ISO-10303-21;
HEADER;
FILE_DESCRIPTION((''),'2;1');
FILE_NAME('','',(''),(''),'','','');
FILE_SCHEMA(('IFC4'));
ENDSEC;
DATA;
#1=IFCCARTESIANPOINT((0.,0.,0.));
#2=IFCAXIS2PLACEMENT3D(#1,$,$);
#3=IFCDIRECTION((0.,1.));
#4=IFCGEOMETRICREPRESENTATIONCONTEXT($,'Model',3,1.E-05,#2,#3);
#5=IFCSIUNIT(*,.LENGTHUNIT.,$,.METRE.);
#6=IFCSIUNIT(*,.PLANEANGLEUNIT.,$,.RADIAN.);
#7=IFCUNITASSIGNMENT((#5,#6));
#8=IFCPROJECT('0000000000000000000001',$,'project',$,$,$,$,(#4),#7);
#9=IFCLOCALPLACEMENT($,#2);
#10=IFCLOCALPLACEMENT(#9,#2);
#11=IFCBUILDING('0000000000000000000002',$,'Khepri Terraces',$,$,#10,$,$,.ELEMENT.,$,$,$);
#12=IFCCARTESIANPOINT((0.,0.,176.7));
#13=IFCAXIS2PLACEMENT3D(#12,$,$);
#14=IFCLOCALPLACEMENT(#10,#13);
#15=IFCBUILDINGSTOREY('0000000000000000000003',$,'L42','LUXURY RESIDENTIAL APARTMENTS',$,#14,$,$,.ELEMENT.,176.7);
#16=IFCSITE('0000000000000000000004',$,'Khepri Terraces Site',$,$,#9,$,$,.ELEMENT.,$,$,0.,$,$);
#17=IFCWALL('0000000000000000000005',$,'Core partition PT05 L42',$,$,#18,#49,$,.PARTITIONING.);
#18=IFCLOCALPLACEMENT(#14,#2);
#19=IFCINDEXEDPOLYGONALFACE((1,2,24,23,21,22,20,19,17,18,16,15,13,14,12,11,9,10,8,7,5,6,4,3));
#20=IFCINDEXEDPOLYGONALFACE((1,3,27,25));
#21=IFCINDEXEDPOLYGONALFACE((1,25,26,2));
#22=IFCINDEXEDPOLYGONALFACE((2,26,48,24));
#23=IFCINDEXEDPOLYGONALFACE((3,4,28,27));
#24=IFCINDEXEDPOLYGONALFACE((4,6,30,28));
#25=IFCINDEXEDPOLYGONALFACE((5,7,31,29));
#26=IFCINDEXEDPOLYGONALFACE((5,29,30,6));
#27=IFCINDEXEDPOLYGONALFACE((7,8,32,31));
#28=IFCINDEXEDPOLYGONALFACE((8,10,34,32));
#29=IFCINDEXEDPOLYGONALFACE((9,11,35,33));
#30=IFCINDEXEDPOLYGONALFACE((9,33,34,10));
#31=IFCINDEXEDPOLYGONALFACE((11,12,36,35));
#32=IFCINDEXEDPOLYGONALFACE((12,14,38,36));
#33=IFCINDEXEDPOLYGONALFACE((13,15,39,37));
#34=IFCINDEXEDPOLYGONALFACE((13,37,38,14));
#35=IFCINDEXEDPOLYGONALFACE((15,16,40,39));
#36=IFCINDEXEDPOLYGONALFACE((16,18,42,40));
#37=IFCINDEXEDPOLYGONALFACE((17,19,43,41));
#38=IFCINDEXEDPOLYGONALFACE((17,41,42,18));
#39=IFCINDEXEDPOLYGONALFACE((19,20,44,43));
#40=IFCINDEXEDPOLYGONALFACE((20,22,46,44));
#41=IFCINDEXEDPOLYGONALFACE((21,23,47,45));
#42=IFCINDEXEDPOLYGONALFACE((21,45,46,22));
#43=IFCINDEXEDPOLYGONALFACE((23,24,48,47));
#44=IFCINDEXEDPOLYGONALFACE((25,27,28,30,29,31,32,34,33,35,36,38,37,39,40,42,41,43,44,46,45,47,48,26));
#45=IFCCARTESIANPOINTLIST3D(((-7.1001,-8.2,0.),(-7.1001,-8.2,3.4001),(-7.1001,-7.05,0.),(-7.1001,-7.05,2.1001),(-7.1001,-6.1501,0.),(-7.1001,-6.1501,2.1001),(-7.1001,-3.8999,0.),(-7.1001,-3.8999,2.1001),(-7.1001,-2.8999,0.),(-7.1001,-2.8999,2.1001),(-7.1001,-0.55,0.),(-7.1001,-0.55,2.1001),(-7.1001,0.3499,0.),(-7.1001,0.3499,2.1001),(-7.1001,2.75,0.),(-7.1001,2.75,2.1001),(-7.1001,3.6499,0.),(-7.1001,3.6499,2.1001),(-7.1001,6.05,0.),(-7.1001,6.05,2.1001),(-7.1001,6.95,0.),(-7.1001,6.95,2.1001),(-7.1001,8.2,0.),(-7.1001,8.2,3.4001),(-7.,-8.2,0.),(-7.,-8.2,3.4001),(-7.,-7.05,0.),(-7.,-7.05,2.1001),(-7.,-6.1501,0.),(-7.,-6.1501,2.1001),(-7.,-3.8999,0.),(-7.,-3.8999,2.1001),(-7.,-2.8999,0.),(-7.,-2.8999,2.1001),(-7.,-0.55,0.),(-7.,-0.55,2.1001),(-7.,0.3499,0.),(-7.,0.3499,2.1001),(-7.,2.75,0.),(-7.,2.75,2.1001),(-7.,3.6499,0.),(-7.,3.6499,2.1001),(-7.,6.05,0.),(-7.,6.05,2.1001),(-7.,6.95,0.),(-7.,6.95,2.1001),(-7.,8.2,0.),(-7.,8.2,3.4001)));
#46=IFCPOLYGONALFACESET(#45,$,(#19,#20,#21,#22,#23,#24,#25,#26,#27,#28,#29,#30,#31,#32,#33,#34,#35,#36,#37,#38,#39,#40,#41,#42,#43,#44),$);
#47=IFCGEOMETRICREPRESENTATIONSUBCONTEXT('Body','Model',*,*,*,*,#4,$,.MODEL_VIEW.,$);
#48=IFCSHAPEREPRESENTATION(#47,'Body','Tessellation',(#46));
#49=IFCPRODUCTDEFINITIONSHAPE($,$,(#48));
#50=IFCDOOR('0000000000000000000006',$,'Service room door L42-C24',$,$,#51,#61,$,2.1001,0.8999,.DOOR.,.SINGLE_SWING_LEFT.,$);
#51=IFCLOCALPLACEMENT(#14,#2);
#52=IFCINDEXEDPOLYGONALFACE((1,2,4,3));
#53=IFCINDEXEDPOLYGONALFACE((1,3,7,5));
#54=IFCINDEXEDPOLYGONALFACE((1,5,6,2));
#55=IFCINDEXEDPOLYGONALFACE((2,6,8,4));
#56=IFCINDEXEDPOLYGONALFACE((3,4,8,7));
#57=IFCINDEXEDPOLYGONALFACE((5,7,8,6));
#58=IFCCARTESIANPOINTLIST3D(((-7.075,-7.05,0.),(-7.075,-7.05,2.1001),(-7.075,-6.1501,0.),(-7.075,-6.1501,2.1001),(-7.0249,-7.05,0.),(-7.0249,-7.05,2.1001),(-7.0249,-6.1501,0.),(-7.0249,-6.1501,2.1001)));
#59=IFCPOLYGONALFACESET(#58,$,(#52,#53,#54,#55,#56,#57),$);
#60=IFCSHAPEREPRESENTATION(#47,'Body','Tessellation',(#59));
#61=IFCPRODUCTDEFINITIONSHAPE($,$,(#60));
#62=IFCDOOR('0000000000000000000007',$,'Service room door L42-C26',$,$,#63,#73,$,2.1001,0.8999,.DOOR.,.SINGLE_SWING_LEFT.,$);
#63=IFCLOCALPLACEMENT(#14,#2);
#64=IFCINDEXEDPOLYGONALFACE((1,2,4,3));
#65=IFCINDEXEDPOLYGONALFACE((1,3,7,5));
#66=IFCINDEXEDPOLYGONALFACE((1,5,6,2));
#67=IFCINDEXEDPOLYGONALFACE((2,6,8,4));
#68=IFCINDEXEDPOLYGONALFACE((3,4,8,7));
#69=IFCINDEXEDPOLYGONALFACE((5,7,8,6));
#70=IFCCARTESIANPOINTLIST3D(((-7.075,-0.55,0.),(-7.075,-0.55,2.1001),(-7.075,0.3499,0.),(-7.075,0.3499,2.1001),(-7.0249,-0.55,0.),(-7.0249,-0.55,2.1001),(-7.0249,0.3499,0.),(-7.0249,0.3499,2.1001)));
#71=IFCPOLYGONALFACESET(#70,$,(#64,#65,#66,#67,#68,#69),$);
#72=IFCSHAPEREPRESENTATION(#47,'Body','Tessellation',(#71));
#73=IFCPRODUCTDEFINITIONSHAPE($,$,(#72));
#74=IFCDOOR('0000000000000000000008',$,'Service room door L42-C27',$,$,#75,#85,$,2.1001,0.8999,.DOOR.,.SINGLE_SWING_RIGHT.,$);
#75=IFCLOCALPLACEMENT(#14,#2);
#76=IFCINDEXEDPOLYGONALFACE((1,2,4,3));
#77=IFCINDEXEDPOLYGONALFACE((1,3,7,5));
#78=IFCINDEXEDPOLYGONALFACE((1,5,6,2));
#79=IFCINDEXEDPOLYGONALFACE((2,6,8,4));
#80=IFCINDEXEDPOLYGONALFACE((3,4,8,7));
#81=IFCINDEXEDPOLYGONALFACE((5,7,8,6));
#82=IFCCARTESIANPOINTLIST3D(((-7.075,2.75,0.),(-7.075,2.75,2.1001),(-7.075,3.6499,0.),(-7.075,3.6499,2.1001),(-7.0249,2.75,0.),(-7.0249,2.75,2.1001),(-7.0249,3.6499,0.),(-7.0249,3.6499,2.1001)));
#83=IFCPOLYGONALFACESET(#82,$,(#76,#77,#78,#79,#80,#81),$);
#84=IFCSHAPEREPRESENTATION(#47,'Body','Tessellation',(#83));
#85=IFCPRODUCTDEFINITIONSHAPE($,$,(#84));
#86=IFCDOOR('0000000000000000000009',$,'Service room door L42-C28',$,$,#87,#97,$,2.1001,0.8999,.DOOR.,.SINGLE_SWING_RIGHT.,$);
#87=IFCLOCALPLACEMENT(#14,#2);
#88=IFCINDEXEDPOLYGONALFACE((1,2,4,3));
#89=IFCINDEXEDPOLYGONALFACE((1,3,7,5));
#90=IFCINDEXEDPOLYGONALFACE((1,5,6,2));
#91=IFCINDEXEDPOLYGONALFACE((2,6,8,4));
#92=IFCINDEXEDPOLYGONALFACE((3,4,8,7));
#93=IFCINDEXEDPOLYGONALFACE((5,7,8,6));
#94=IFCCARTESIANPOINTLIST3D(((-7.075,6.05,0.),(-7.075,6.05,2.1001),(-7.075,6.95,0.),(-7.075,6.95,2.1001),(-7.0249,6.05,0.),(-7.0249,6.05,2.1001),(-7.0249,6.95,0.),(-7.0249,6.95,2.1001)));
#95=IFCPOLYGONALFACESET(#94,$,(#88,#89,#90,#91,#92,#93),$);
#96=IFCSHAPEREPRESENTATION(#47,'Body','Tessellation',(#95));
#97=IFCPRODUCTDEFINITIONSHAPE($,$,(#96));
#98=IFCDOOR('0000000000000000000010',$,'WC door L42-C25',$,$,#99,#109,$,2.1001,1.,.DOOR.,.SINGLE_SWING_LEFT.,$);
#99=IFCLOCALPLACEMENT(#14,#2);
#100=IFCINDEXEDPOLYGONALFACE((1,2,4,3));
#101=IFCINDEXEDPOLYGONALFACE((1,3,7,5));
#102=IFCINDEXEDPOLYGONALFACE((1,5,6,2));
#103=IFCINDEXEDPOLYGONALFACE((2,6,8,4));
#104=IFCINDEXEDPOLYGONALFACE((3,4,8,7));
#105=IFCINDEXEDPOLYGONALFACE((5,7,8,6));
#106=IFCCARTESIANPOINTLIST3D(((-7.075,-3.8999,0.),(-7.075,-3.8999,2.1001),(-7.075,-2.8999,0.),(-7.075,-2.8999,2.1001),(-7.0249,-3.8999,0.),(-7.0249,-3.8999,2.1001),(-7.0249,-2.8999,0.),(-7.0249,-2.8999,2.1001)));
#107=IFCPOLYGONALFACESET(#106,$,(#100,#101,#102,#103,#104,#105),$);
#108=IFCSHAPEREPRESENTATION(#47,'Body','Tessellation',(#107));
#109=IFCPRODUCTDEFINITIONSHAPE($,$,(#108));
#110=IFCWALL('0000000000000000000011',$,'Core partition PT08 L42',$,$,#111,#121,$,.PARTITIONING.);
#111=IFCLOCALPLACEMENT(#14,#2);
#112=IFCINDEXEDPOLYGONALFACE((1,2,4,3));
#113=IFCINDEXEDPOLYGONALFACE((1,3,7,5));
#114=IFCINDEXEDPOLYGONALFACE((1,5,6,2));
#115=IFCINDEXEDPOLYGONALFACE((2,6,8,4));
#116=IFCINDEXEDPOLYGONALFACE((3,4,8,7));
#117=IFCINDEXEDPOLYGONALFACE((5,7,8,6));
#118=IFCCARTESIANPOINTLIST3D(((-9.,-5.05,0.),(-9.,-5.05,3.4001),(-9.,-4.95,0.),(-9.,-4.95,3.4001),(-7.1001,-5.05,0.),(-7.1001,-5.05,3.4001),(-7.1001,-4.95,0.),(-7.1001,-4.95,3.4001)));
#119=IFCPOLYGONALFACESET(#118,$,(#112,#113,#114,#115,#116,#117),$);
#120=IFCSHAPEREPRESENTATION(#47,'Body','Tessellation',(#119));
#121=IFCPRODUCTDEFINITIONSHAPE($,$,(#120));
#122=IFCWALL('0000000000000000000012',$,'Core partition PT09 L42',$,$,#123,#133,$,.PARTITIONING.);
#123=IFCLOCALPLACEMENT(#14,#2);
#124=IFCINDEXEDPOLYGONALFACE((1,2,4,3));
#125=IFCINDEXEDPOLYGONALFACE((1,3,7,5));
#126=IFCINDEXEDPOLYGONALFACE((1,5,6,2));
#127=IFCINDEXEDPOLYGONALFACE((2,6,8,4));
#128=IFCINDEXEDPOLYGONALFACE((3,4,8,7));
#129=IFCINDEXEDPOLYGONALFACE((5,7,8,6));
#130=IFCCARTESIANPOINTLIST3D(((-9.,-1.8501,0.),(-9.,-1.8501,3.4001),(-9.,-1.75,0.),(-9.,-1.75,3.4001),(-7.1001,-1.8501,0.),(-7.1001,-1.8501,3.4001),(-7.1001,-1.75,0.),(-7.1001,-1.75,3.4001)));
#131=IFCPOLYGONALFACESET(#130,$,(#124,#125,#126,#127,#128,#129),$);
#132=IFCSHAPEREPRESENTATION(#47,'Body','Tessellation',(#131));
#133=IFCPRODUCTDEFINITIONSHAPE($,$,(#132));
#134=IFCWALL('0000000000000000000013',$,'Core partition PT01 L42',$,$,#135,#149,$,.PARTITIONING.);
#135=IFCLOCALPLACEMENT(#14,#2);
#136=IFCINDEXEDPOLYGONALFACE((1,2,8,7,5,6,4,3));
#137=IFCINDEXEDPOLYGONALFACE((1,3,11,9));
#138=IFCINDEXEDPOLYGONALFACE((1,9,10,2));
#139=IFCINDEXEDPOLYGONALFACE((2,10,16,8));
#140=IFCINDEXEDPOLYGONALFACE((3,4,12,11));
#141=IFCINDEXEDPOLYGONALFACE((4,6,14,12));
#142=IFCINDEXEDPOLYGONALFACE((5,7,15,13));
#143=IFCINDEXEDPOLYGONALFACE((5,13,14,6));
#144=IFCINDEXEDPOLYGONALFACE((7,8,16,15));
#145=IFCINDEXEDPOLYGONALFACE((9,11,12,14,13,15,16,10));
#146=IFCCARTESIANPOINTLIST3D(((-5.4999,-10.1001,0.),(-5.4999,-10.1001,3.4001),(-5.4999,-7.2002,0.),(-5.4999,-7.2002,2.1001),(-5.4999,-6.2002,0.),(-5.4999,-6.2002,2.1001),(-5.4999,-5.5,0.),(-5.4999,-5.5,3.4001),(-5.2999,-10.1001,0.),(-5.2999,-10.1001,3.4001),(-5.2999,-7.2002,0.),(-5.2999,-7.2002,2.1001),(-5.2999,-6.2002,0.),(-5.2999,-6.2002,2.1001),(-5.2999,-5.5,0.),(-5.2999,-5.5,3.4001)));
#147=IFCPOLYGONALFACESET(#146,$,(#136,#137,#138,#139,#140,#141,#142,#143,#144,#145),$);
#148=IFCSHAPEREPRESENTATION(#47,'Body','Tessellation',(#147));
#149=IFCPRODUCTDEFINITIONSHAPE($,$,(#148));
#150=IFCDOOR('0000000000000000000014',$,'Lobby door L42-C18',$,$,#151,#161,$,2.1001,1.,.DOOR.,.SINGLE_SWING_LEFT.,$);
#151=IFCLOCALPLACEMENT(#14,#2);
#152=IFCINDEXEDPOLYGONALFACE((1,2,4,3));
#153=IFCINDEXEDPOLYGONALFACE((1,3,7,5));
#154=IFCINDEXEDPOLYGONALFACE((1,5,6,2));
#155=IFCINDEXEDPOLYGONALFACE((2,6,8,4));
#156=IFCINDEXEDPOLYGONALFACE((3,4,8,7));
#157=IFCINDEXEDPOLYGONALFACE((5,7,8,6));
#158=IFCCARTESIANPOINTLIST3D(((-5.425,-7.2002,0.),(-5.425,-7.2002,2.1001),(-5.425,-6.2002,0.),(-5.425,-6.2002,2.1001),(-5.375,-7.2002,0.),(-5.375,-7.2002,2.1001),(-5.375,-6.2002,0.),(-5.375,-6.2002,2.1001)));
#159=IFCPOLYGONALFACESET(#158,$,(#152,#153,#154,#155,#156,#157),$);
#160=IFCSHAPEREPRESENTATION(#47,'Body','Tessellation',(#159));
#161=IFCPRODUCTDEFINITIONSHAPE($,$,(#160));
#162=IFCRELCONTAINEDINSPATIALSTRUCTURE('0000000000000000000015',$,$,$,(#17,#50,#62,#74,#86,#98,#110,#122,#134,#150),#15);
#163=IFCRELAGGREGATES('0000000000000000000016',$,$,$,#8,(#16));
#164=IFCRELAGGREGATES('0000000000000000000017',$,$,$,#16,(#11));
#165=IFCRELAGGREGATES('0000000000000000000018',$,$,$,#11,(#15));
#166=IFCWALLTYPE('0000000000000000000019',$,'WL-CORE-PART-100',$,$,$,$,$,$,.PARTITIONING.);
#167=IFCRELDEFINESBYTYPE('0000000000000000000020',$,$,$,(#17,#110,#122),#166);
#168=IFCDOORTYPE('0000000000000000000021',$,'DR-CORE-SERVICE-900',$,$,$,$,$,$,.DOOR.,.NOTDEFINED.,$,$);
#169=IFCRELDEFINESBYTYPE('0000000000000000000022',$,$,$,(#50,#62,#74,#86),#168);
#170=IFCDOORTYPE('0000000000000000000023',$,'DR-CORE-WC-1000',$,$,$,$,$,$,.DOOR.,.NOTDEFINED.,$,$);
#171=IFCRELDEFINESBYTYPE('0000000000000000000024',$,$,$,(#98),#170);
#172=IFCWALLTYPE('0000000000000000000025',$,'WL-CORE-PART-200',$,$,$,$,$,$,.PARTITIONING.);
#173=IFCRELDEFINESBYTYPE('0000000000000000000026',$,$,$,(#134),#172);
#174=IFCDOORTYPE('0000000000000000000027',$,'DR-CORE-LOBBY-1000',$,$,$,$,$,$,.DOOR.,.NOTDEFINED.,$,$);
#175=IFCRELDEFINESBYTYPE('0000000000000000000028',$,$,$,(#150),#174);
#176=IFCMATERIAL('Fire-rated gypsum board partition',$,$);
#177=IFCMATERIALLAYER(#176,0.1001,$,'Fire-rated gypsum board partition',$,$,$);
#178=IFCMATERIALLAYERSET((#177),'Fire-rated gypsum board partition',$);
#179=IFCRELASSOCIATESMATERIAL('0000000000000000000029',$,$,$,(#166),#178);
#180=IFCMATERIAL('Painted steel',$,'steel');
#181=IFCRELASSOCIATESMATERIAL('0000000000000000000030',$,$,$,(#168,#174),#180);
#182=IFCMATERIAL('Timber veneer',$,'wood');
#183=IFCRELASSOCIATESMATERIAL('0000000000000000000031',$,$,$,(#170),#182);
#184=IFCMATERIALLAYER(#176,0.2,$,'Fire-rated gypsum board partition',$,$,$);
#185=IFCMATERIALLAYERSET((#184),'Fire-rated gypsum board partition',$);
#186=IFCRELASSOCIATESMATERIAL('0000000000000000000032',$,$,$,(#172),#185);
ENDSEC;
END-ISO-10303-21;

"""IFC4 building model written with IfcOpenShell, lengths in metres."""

from ifc_helpers import new_model, si_unit, direction, frame, frame_2d, origin, place, context, subcontext, project, spatial, rectangle, extrude, material, layer, layer_set, type_object, element, fill, save


model = new_model("IFC4")

# Units and contexts
model_context = context("Model", 3, precision=1e-05, world=origin(), true_north=direction((0.0, 1.0)))
body_context = subcontext(model_context, "Body", "Model", "MODEL_VIEW")
ifc_project = project(units=[si_unit("LENGTHUNIT", "METRE"), si_unit("PLANEANGLEUNIT", "RADIAN")], contexts=[model_context])

# Site, building, storey
site_placement = place(None, origin())
site = spatial("IfcSite", under=ifc_project, at=site_placement, Name="Khepri Terraces Site", CompositionType="ELEMENT", RefElevation=0.0)
building_placement = place(site_placement, origin())
building = spatial("IfcBuilding", under=site, at=building_placement, Name="Khepri Terraces", CompositionType="ELEMENT")
storey_placement = place(building_placement, frame((0.0, 0.0, 176.7)))
storey = spatial("IfcBuildingStorey", under=building, at=storey_placement, Name="L42", Description="LUXURY RESIDENTIAL APARTMENTS", CompositionType="ELEMENT", Elevation=176.7)

# Shared definitions
ifc_material_1 = material(Name="Painted steel", Category="steel")

# Wall, openings, doors
ifc_material_2 = material(Name="Fire-rated gypsum board partition")
ifc_layer_1 = layer(ifc_material_2, 0.1001, Name="Fire-rated gypsum board partition")
ifc_layer_set_1 = layer_set([ifc_layer_1], Name="Fire-rated gypsum board partition")
wall_type_1 = type_object("IfcWallType", Name="WL-CORE-PART-100", PredefinedType="PARTITIONING", material=ifc_layer_set_1)
wall_1_placement = place(storey_placement, frame((-7.05, -8.2, 0.0), z_axis=(0.0, 0.0, 1.0), x_axis=(0.0, 1.0, 0.0)))
wall_1 = element("IfcWall", 1, at=wall_1_placement, inside=storey, type_object=wall_type_1, Name="Core partition PT05 L42", PredefinedType="PARTITIONING", context=body_context, shape_type="SweptSolid", body=[
    extrude(rectangle(XDim=16.3999, YDim=0.1001, at=frame_2d((8.2, 0.0))), origin(), (0.0, 0.0, 1.0), 3.4001),
])
opening_1_placement = place(wall_1_placement, frame((1.1499, 0.0, 0.0)))
opening_1 = element("IfcOpeningElement", 2, at=opening_1_placement, cuts=wall_1, PredefinedType="OPENING", context=body_context, shape_type="SweptSolid", body=[
    extrude(rectangle(XDim=0.8999, YDim=2.1001, at=frame_2d((0.45, 1.05))), frame((0.0, 0.0601, 0.0), z_axis=(0.0, -1.0, 0.0), x_axis=(1.0, 0.0, 0.0)), (0.0, 0.0, 1.0), 0.1201),
])
opening_2_placement = place(wall_1_placement, frame((4.3, 0.0, 0.0)))
opening_2 = element("IfcOpeningElement", 3, at=opening_2_placement, cuts=wall_1, PredefinedType="OPENING", context=body_context, shape_type="SweptSolid", body=[
    extrude(rectangle(XDim=1.0, YDim=2.1001, at=frame_2d((0.5, 1.05))), frame((0.0, 0.0601, 0.0), z_axis=(0.0, -1.0, 0.0), x_axis=(1.0, 0.0, 0.0)), (0.0, 0.0, 1.0), 0.1201),
])
opening_3_placement = place(wall_1_placement, frame((7.6499, 0.0, 0.0)))
opening_3 = element("IfcOpeningElement", 4, at=opening_3_placement, cuts=wall_1, PredefinedType="OPENING", context=body_context, shape_type="SweptSolid", body=[
    extrude(rectangle(XDim=0.8999, YDim=2.1001, at=frame_2d((0.45, 1.05))), frame((0.0, 0.0601, 0.0), z_axis=(0.0, -1.0, 0.0), x_axis=(1.0, 0.0, 0.0)), (0.0, 0.0, 1.0), 0.1201),
])
opening_4_placement = place(wall_1_placement, frame((10.95, 0.0, 0.0)))
opening_4 = element("IfcOpeningElement", 5, at=opening_4_placement, cuts=wall_1, PredefinedType="OPENING", context=body_context, shape_type="SweptSolid", body=[
    extrude(rectangle(XDim=0.8999, YDim=2.1001, at=frame_2d((0.45, 1.05))), frame((0.0, 0.0601, 0.0), z_axis=(0.0, -1.0, 0.0), x_axis=(1.0, 0.0, 0.0)), (0.0, 0.0, 1.0), 0.1201),
])
opening_5_placement = place(wall_1_placement, frame((14.25, 0.0, 0.0)))
opening_5 = element("IfcOpeningElement", 6, at=opening_5_placement, cuts=wall_1, PredefinedType="OPENING", context=body_context, shape_type="SweptSolid", body=[
    extrude(rectangle(XDim=0.8999, YDim=2.1001, at=frame_2d((0.45, 1.05))), frame((0.0, 0.0601, 0.0), z_axis=(0.0, -1.0, 0.0), x_axis=(1.0, 0.0, 0.0)), (0.0, 0.0, 1.0), 0.1201),
])
door_type_1 = type_object("IfcDoorType", Name="DR-CORE-SERVICE-900", OperationType="NOTDEFINED", PredefinedType="DOOR", material=ifc_material_1)
door_1_placement = place(opening_1_placement, origin())
door_1 = element("IfcDoor", 7, at=door_1_placement, inside=storey, type_object=door_type_1, Name="Service room door L42-C24", OperationType="SINGLE_SWING_LEFT", OverallHeight=2.1001, OverallWidth=0.8999, PredefinedType="DOOR", context=body_context, shape_type="SweptSolid", body=[
    extrude(rectangle(XDim=0.8999, YDim=2.1001, at=frame_2d((0.45, 1.05))), frame((0.0, 0.0249, 0.0), z_axis=(0.0, -1.0, 0.0), x_axis=(1.0, 0.0, 0.0)), (0.0, 0.0, 1.0), 0.05),
])
fill(opening_1, door_1)
door_2_placement = place(opening_3_placement, origin())
door_2 = element("IfcDoor", 8, at=door_2_placement, inside=storey, type_object=door_type_1, Name="Service room door L42-C26", OperationType="SINGLE_SWING_LEFT", OverallHeight=2.1001, OverallWidth=0.8999, PredefinedType="DOOR", context=body_context, shape_type="SweptSolid", body=[
    extrude(rectangle(XDim=0.8999, YDim=2.1001, at=frame_2d((0.45, 1.05))), frame((0.0, 0.0249, 0.0), z_axis=(0.0, -1.0, 0.0), x_axis=(1.0, 0.0, 0.0)), (0.0, 0.0, 1.0), 0.05),
])
fill(opening_3, door_2)
door_3_placement = place(opening_4_placement, origin())
door_3 = element("IfcDoor", 9, at=door_3_placement, inside=storey, type_object=door_type_1, Name="Service room door L42-C27", OperationType="SINGLE_SWING_RIGHT", OverallHeight=2.1001, OverallWidth=0.8999, PredefinedType="DOOR", context=body_context, shape_type="SweptSolid", body=[
    extrude(rectangle(XDim=0.8999, YDim=2.1001, at=frame_2d((0.45, 1.05))), frame((0.0, 0.0249, 0.0), z_axis=(0.0, -1.0, 0.0), x_axis=(1.0, 0.0, 0.0)), (0.0, 0.0, 1.0), 0.05),
])
fill(opening_4, door_3)
door_4_placement = place(opening_5_placement, origin())
door_4 = element("IfcDoor", 10, at=door_4_placement, inside=storey, type_object=door_type_1, Name="Service room door L42-C28", OperationType="SINGLE_SWING_RIGHT", OverallHeight=2.1001, OverallWidth=0.8999, PredefinedType="DOOR", context=body_context, shape_type="SweptSolid", body=[
    extrude(rectangle(XDim=0.8999, YDim=2.1001, at=frame_2d((0.45, 1.05))), frame((0.0, 0.0249, 0.0), z_axis=(0.0, -1.0, 0.0), x_axis=(1.0, 0.0, 0.0)), (0.0, 0.0, 1.0), 0.05),
])
fill(opening_5, door_4)
ifc_material_3 = material(Name="Timber veneer", Category="wood")
door_type_2 = type_object("IfcDoorType", Name="DR-CORE-WC-1000", OperationType="NOTDEFINED", PredefinedType="DOOR", material=ifc_material_3)
door_5_placement = place(opening_2_placement, origin())
door_5 = element("IfcDoor", 11, at=door_5_placement, inside=storey, type_object=door_type_2, Name="WC door L42-C25", OperationType="SINGLE_SWING_LEFT", OverallHeight=2.1001, OverallWidth=1.0, PredefinedType="DOOR", context=body_context, shape_type="SweptSolid", body=[
    extrude(rectangle(XDim=1.0, YDim=2.1001, at=frame_2d((0.5, 1.05))), frame((0.0, 0.0249, 0.0), z_axis=(0.0, -1.0, 0.0), x_axis=(1.0, 0.0, 0.0)), (0.0, 0.0, 1.0), 0.05),
])
fill(opening_2, door_5)

# Walls
for number, where, z_axis, x_axis, name in (
    (12, (-9.0, -5.0, 0.0), (0.0, 0.0, 1.0), (1.0, 0.0, 0.0), "Core partition PT08 L42"),
    (13, (-9.0, -1.8, 0.0), (0.0, 0.0, 1.0), (1.0, 0.0, 0.0), "Core partition PT09 L42"),
):
    element("IfcWall", number, at=place(storey_placement, frame(where, z_axis=z_axis, x_axis=x_axis)), inside=storey, type_object=wall_type_1, Name=name, PredefinedType="PARTITIONING", context=body_context, shape_type="SweptSolid", body=[
        extrude(rectangle(XDim=1.8999, YDim=0.1001, at=frame_2d((0.95, 0.0))), origin(), (0.0, 0.0, 1.0), 3.4001),
    ])

# Wall, opening, door
ifc_layer_2 = layer(ifc_material_2, 0.2, Name="Fire-rated gypsum board partition")
ifc_layer_set_2 = layer_set([ifc_layer_2], Name="Fire-rated gypsum board partition")
wall_type_2 = type_object("IfcWallType", Name="WL-CORE-PART-200", PredefinedType="PARTITIONING", material=ifc_layer_set_2)
wall_2_placement = place(storey_placement, frame((-5.3999, -10.1001, 0.0), z_axis=(0.0, 0.0, 1.0), x_axis=(0.0, 1.0, 0.0)))
wall_2 = element("IfcWall", 14, at=wall_2_placement, inside=storey, type_object=wall_type_2, Name="Core partition PT01 L42", PredefinedType="PARTITIONING", context=body_context, shape_type="SweptSolid", body=[
    extrude(rectangle(XDim=4.6001, YDim=0.2, at=frame_2d((2.3, 0.0))), origin(), (0.0, 0.0, 1.0), 3.4001),
])
opening_6_placement = place(wall_2_placement, frame((2.8999, 0.0, 0.0)))
opening_6 = element("IfcOpeningElement", 15, at=opening_6_placement, cuts=wall_2, PredefinedType="OPENING", context=body_context, shape_type="SweptSolid", body=[
    extrude(rectangle(XDim=1.0, YDim=2.1001, at=frame_2d((0.5, 1.05))), frame((0.0, 0.1099, 0.0), z_axis=(0.0, -1.0, 0.0), x_axis=(1.0, 0.0, 0.0)), (0.0, 0.0, 1.0), 0.22),
])
door_type_3 = type_object("IfcDoorType", Name="DR-CORE-LOBBY-1000", OperationType="NOTDEFINED", PredefinedType="DOOR", material=ifc_material_1)
door_6_placement = place(opening_6_placement, frame((1.0, 0.0, 0.0), z_axis=(0.0, 0.0, 1.0), x_axis=(-1.0, 0.0, 0.0)))
door_6 = element("IfcDoor", 16, at=door_6_placement, inside=storey, type_object=door_type_3, Name="Lobby door L42-C18", OperationType="SINGLE_SWING_LEFT", OverallHeight=2.1001, OverallWidth=1.0, PredefinedType="DOOR", context=body_context, shape_type="SweptSolid", body=[
    extrude(rectangle(XDim=1.0, YDim=2.1001, at=frame_2d((0.5, 1.05))), frame((0.0, 0.0249, 0.0), z_axis=(0.0, -1.0, 0.0), x_axis=(1.0, 0.0, 0.0)), (0.0, 0.0, 1.0), 0.05),
])
fill(opening_6, door_6)

save(model, "model.ifc")
